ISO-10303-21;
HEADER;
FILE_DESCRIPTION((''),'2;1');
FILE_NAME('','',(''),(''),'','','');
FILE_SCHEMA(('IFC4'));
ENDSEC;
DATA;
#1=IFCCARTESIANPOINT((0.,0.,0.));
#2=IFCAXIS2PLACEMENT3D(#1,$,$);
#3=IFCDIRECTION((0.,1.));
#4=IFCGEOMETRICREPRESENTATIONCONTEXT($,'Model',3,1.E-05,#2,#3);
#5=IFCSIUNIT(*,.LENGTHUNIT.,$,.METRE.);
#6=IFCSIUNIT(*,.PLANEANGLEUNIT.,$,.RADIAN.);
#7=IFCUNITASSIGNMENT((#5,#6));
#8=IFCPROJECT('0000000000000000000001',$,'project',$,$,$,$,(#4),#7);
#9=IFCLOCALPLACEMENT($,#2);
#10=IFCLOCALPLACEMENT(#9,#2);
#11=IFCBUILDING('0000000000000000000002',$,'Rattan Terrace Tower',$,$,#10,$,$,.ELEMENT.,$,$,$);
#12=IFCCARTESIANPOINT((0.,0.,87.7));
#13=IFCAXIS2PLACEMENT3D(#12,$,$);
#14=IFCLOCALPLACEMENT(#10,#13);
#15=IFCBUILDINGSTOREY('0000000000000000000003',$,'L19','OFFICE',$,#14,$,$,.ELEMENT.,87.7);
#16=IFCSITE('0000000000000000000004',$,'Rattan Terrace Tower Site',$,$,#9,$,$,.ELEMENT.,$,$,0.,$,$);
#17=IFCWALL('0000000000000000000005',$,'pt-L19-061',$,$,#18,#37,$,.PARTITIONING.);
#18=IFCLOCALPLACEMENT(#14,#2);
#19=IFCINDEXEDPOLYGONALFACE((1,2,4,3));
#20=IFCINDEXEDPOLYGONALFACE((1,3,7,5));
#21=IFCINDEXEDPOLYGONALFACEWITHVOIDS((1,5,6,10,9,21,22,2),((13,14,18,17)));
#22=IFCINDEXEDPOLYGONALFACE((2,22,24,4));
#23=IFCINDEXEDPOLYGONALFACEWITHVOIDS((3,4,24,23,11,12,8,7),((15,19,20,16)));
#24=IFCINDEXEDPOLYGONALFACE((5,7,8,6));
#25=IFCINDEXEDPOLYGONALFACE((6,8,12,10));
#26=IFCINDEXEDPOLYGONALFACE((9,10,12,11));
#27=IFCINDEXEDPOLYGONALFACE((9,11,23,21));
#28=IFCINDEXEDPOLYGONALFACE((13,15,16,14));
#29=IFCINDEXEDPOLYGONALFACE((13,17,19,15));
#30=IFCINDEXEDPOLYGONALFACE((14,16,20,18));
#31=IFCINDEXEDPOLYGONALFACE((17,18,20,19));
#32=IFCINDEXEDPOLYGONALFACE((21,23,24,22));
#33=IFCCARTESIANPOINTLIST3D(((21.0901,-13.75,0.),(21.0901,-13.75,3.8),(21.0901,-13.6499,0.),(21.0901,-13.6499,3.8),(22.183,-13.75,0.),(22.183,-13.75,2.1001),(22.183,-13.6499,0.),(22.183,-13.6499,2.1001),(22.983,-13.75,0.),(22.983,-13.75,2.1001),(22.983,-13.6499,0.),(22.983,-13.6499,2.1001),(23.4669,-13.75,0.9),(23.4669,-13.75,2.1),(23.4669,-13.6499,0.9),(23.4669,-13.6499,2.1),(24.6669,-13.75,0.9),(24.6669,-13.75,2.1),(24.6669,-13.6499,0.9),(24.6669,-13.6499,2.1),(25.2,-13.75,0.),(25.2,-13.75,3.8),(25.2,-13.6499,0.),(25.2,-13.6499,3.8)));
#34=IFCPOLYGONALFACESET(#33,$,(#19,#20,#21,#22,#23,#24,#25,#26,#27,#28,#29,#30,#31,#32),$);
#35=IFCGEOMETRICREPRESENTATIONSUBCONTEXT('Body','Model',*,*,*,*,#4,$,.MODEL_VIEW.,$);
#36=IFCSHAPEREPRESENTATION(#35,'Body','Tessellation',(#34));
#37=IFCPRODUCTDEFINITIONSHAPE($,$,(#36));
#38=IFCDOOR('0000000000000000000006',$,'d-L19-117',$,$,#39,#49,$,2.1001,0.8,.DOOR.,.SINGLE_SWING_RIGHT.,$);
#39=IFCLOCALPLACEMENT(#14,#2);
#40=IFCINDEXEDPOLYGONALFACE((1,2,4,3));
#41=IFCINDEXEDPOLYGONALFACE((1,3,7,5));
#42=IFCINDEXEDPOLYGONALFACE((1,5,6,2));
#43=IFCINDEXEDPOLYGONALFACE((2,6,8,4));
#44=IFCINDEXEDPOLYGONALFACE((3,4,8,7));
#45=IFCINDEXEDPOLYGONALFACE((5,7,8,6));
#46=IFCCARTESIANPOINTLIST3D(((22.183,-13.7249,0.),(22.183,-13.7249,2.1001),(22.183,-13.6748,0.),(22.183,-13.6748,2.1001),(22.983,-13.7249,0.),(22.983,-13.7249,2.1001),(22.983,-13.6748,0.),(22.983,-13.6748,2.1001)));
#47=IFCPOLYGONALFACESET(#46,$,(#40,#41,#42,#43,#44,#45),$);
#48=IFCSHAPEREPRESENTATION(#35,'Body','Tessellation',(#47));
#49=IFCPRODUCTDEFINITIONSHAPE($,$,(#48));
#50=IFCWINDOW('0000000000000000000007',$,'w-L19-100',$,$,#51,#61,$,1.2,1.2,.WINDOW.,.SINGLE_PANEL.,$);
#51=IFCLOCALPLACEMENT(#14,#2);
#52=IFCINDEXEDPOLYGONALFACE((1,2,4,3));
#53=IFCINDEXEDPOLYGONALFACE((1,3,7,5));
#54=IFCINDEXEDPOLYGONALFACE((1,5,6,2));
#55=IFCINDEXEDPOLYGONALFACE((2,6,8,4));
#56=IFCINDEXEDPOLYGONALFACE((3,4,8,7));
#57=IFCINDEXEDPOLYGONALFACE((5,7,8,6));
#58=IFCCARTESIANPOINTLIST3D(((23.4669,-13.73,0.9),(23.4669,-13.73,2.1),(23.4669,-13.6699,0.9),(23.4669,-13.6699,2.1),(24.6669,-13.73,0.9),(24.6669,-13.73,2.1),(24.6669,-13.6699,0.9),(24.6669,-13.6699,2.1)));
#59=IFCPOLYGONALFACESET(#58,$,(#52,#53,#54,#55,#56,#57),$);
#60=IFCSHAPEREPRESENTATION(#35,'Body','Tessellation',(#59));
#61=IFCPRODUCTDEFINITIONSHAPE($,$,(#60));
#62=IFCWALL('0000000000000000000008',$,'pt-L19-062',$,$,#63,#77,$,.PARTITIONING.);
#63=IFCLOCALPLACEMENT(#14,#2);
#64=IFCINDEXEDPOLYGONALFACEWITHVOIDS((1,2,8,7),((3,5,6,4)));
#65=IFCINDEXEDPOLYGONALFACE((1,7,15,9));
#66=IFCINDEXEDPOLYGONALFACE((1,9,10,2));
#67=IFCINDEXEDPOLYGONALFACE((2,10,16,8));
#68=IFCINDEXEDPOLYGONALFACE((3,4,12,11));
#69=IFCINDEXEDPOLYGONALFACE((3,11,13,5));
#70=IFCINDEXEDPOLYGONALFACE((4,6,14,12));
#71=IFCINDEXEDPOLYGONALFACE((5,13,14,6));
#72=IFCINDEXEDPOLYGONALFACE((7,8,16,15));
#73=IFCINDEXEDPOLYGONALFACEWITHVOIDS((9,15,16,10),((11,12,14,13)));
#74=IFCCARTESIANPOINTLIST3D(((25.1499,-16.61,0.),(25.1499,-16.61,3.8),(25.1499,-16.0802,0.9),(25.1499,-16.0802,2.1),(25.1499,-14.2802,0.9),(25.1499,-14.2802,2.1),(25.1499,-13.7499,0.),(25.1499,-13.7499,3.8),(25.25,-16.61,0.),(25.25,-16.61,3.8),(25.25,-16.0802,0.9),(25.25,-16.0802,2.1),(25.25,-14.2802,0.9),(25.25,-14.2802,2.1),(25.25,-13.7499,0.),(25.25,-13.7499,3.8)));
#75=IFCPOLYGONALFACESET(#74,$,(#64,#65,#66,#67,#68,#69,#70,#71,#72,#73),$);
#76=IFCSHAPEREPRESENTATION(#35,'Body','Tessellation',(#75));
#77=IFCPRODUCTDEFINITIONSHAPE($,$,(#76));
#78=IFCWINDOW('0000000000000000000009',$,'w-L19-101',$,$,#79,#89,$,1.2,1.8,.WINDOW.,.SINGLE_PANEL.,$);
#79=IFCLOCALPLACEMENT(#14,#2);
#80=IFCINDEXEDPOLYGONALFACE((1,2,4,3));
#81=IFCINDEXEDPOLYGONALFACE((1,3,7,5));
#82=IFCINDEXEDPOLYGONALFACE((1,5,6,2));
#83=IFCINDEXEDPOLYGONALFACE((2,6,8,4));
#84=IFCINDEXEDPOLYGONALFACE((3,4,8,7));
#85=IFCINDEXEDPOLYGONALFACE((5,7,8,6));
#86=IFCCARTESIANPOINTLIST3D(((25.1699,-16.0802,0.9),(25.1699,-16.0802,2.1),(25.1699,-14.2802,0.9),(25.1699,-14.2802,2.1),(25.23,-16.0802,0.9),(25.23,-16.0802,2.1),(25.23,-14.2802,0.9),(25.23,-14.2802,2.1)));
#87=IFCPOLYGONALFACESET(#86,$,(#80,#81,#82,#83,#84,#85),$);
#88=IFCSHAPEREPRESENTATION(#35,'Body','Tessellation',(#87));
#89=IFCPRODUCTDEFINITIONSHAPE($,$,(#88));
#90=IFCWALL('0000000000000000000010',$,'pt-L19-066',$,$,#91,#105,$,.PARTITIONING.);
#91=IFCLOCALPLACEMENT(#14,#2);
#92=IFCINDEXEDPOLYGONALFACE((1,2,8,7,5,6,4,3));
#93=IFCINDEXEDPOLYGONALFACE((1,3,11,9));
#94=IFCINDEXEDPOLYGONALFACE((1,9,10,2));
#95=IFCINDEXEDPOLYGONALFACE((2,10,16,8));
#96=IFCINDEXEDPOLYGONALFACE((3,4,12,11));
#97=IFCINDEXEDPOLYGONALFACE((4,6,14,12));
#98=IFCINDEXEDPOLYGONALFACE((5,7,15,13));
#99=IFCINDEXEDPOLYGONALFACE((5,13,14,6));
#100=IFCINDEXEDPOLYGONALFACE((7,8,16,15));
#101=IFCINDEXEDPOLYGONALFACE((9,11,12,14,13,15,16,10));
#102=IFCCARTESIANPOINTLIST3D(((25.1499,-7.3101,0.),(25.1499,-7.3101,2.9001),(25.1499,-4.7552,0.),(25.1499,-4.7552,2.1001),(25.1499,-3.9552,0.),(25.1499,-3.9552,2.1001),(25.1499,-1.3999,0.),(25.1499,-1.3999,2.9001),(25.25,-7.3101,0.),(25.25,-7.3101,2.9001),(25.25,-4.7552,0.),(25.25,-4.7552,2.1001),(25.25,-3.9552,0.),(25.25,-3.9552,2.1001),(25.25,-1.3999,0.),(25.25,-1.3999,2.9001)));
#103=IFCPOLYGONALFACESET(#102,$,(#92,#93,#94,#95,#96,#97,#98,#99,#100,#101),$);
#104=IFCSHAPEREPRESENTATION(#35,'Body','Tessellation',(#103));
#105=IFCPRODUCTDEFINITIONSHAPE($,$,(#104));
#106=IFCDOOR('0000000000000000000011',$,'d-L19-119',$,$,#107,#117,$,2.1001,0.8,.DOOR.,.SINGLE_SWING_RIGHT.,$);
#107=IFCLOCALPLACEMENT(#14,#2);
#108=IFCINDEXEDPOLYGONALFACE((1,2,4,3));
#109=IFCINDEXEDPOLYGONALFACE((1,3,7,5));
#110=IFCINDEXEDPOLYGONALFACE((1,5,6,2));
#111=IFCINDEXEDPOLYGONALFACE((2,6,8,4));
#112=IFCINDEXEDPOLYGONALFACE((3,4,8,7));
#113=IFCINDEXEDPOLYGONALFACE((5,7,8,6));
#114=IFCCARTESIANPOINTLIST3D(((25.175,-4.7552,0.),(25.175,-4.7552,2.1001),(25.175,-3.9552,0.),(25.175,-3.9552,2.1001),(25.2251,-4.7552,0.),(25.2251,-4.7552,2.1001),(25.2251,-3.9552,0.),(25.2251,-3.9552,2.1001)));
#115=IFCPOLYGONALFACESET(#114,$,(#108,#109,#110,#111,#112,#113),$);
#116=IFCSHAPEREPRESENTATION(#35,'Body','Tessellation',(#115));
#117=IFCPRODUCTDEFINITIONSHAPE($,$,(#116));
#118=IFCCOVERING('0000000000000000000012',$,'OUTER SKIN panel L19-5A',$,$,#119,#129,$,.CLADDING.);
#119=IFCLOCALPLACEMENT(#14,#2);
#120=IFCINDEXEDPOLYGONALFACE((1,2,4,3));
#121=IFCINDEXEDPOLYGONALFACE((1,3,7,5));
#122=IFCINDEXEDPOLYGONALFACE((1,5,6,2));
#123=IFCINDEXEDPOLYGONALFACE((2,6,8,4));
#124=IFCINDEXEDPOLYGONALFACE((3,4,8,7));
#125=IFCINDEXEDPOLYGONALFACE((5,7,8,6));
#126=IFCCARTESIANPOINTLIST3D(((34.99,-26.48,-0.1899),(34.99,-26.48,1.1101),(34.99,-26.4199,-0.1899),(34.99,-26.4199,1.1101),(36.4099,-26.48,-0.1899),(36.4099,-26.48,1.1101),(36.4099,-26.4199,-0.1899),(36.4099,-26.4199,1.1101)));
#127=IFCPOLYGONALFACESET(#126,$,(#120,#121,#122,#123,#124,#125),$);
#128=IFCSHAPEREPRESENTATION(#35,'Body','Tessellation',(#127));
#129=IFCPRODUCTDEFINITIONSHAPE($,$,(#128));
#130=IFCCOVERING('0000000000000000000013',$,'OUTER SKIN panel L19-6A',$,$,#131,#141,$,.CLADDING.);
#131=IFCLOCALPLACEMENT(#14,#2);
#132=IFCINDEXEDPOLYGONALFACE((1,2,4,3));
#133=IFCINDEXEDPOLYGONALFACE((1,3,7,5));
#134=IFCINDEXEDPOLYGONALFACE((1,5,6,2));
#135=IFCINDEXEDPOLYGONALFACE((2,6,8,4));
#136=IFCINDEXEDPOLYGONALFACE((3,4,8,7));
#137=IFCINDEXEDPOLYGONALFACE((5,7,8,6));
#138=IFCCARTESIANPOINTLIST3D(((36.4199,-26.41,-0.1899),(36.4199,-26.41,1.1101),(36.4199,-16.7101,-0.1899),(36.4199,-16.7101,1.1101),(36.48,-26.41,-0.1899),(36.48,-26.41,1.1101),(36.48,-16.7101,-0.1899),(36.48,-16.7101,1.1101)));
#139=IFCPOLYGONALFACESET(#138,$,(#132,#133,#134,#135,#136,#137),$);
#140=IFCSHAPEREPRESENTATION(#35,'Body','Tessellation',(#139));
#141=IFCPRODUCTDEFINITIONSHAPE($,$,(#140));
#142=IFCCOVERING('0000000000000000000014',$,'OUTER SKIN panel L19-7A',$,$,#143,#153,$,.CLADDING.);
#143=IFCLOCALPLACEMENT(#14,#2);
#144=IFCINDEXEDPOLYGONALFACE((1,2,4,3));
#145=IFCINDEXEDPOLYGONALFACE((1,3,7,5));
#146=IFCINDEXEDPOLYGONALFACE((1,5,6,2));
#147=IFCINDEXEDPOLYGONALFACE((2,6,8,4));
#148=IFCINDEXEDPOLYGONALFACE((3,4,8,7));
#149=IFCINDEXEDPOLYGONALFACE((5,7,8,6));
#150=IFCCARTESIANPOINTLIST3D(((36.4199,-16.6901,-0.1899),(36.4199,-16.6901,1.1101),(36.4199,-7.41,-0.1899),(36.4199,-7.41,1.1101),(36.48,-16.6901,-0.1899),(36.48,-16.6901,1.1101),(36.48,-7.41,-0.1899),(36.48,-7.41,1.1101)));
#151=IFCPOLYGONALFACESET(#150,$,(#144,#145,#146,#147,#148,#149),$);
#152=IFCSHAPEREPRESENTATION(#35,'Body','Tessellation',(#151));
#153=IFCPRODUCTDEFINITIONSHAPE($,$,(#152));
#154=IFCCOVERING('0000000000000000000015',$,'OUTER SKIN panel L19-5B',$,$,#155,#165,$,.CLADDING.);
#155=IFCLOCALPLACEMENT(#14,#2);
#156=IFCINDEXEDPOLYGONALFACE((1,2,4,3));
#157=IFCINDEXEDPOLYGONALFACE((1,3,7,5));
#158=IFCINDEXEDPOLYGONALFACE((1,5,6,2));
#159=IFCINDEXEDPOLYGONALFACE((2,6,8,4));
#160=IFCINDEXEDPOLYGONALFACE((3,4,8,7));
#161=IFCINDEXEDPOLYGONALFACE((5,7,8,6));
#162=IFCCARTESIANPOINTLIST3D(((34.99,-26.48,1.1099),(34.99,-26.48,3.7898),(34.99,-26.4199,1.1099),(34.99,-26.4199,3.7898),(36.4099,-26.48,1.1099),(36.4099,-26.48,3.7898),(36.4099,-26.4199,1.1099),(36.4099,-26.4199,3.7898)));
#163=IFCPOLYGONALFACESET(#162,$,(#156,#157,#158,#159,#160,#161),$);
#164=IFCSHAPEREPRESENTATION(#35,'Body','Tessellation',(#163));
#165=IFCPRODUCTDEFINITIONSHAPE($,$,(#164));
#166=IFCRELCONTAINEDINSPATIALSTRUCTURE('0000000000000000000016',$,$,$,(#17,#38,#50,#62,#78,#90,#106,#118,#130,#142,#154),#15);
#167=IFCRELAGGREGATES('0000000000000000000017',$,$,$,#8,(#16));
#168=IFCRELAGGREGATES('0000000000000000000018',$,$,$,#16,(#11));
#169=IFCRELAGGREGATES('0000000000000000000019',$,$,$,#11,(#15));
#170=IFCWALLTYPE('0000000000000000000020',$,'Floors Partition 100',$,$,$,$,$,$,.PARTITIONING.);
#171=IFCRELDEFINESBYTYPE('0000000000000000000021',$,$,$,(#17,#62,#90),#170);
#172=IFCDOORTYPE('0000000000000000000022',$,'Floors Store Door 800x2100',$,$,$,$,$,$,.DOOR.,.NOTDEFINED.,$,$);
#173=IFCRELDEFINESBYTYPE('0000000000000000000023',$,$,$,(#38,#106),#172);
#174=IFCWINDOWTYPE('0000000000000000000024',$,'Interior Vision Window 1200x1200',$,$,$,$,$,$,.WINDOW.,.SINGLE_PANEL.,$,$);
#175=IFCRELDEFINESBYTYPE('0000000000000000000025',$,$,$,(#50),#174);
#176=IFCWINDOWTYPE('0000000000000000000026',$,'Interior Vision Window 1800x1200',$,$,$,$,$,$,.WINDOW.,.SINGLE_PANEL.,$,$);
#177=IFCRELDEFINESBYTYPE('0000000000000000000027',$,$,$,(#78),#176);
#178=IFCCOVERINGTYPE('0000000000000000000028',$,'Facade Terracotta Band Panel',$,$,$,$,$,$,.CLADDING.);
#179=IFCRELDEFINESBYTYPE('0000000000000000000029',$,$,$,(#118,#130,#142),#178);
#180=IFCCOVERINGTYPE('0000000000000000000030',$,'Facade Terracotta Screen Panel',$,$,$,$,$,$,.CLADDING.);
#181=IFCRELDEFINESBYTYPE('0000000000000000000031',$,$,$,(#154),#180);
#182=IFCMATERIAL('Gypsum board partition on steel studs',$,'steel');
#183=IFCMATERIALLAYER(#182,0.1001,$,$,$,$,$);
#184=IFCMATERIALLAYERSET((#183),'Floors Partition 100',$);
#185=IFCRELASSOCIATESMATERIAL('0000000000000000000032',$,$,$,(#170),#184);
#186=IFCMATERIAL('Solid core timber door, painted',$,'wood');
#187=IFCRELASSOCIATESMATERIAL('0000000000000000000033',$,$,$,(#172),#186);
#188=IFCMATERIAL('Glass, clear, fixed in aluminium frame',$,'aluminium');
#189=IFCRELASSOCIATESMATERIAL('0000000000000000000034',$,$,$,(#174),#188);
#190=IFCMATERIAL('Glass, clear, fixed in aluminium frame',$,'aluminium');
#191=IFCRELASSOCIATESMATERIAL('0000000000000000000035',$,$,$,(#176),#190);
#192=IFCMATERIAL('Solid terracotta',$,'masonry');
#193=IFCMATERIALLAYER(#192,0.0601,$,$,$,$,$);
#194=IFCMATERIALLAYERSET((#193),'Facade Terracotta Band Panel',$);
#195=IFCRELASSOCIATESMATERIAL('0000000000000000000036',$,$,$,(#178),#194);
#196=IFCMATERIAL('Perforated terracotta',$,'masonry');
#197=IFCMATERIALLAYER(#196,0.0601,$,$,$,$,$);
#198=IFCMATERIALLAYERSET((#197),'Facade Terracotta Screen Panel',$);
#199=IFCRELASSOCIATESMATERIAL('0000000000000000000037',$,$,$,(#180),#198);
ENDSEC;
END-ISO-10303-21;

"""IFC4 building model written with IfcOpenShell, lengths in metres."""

from ifc_helpers import new_model, si_unit, direction, frame, frame_2d, origin, origin_2d, place, context, subcontext, project, spatial, rectangle, extrude, material, layer, layer_set, type_object, element, fill, save


model = new_model("IFC4")

# Units and contexts
model_context = context("Model", 3, precision=1e-05, world=origin(), true_north=direction((0.0, 1.0)))
body_context = subcontext(model_context, "Body", "Model", "MODEL_VIEW")
ifc_project = project(units=[si_unit("LENGTHUNIT", "METRE"), si_unit("PLANEANGLEUNIT", "RADIAN")], contexts=[model_context])

# Site, building, storey
site_placement = place(None, origin())
site = spatial("IfcSite", under=ifc_project, at=site_placement, Name="Rattan Terrace Tower Site", CompositionType="ELEMENT", RefElevation=0.0)
building_placement = place(site_placement, origin())
building = spatial("IfcBuilding", under=site, at=building_placement, Name="Rattan Terrace Tower", CompositionType="ELEMENT")
storey_placement = place(building_placement, frame((0.0, 0.0, 87.7)))
storey = spatial("IfcBuildingStorey", under=building, at=storey_placement, Name="L19", Description="OFFICE", CompositionType="ELEMENT", Elevation=87.7)

# Wall, openings, door, window
ifc_material_1 = material(Name="Gypsum board partition on steel studs", Category="steel")
ifc_layer_1 = layer(ifc_material_1, 0.1001)
ifc_layer_set_1 = layer_set([ifc_layer_1], Name="Floors Partition 100")
wall_type_1 = type_object("IfcWallType", Name="Floors Partition 100", PredefinedType="PARTITIONING", material=ifc_layer_set_1)
wall_1_placement = place(storey_placement, frame((25.2, -13.7, 0.0), z_axis=(0.0, 0.0, 1.0), x_axis=(-1.0, 0.0, 0.0)))
wall_1 = element("IfcWall", 1, at=wall_1_placement, inside=storey, type_object=wall_type_1, Name="pt-L19-061", PredefinedType="PARTITIONING", context=body_context, shape_type="SweptSolid", body=[
    extrude(rectangle(XDim=4.1099, YDim=0.1001, at=frame_2d((2.0549, 0.0))), origin(), (0.0, 0.0, 1.0), 3.8),
])
opening_1_placement = place(wall_1_placement, frame((2.217, 0.0, 0.0)))
opening_1 = element("IfcOpeningElement", 2, at=opening_1_placement, cuts=wall_1, PredefinedType="OPENING", context=body_context, shape_type="SweptSolid", body=[
    extrude(rectangle(XDim=0.8, YDim=2.1001, at=frame_2d((0.3999, 1.05))), frame((0.0, 0.0605, 0.0), z_axis=(0.0, -1.0, 0.0), x_axis=(1.0, 0.0, 0.0)), (0.0, 0.0, 1.0), 0.1211),
])
opening_2_placement = place(wall_1_placement, frame((0.533, 0.0, 0.8999)))
opening_2 = element("IfcOpeningElement", 3, at=opening_2_placement, cuts=wall_1, PredefinedType="OPENING", context=body_context, shape_type="SweptSolid", body=[
    extrude(rectangle(XDim=1.2, YDim=1.2, at=frame_2d((0.6001, 0.6001))), frame((0.0, 0.0605, 0.0), z_axis=(0.0, -1.0, 0.0), x_axis=(1.0, 0.0, 0.0)), (0.0, 0.0, 1.0), 0.1211),
])
ifc_material_2 = material(Name="Solid core timber door, painted", Category="wood")
door_type = type_object("IfcDoorType", Name="Floors Store Door 800x2100", OperationType="NOTDEFINED", PredefinedType="DOOR", material=ifc_material_2)
door_1_placement = place(opening_1_placement, origin())
door_1 = element("IfcDoor", 4, at=door_1_placement, inside=storey, type_object=door_type, Name="d-L19-117", OperationType="SINGLE_SWING_RIGHT", OverallHeight=2.1001, OverallWidth=0.8, PredefinedType="DOOR", context=body_context, shape_type="SweptSolid", body=[
    extrude(rectangle(XDim=0.8, YDim=2.1001, at=frame_2d((0.3999, 1.05))), frame((0.0, 0.0249, 0.0), z_axis=(0.0, -1.0, 0.0), x_axis=(1.0, 0.0, 0.0)), (0.0, 0.0, 1.0), 0.05),
])
fill(opening_1, door_1)
ifc_material_3 = material(Name="Glass, clear, fixed in aluminium frame", Category="aluminium")
window_type_1 = type_object("IfcWindowType", Name="Interior Vision Window 1200x1200", PartitioningType="SINGLE_PANEL", PredefinedType="WINDOW", material=ifc_material_3)
window_1_placement = place(opening_2_placement, origin())
window_1 = element("IfcWindow", 5, at=window_1_placement, inside=storey, type_object=window_type_1, Name="w-L19-100", OverallHeight=1.2, OverallWidth=1.2, PartitioningType="SINGLE_PANEL", PredefinedType="WINDOW", context=body_context, shape_type="SweptSolid", body=[
    extrude(rectangle(XDim=1.2, YDim=1.2, at=frame_2d((0.6001, 0.6001))), frame((0.0, 0.03, 0.0), z_axis=(0.0, -1.0, 0.0), x_axis=(1.0, 0.0, 0.0)), (0.0, 0.0, 1.0), 0.0601),
])
fill(opening_2, window_1)

# Wall, opening, window
wall_2_placement = place(storey_placement, frame((25.2, -16.6101, 0.0), z_axis=(0.0, 0.0, 1.0), x_axis=(0.0, 1.0, 0.0)))
wall_2 = element("IfcWall", 6, at=wall_2_placement, inside=storey, type_object=wall_type_1, Name="pt-L19-062", PredefinedType="PARTITIONING", context=body_context, shape_type="SweptSolid", body=[
    extrude(rectangle(XDim=2.8601, YDim=0.1001, at=frame_2d((1.4302, 0.0))), origin(), (0.0, 0.0, 1.0), 3.8),
])
opening_3_placement = place(wall_2_placement, frame((0.53, 0.0, 0.8999)))
opening_3 = element("IfcOpeningElement", 7, at=opening_3_placement, cuts=wall_2, PredefinedType="OPENING", context=body_context, shape_type="SweptSolid", body=[
    extrude(rectangle(XDim=1.8, YDim=1.2, at=frame_2d((0.8999, 0.6001))), frame((0.0, 0.0605, 0.0), z_axis=(0.0, -1.0, 0.0), x_axis=(1.0, 0.0, 0.0)), (0.0, 0.0, 1.0), 0.1211),
])
ifc_material_4 = material(Name="Glass, clear, fixed in aluminium frame", Category="aluminium")
window_type_2 = type_object("IfcWindowType", Name="Interior Vision Window 1800x1200", PartitioningType="SINGLE_PANEL", PredefinedType="WINDOW", material=ifc_material_4)
window_2_placement = place(opening_3_placement, origin())
window_2 = element("IfcWindow", 8, at=window_2_placement, inside=storey, type_object=window_type_2, Name="w-L19-101", OverallHeight=1.2, OverallWidth=1.8, PartitioningType="SINGLE_PANEL", PredefinedType="WINDOW", context=body_context, shape_type="SweptSolid", body=[
    extrude(rectangle(XDim=1.8, YDim=1.2, at=frame_2d((0.8999, 0.6001))), frame((0.0, 0.03, 0.0), z_axis=(0.0, -1.0, 0.0), x_axis=(1.0, 0.0, 0.0)), (0.0, 0.0, 1.0), 0.0601),
])
fill(opening_3, window_2)

# Wall, opening, door
wall_3_placement = place(storey_placement, frame((25.2, -7.3101, 0.0), z_axis=(0.0, 0.0, 1.0), x_axis=(0.0, 1.0, 0.0)))
wall_3 = element("IfcWall", 9, at=wall_3_placement, inside=storey, type_object=wall_type_1, Name="pt-L19-066", PredefinedType="PARTITIONING", context=body_context, shape_type="SweptSolid", body=[
    extrude(rectangle(XDim=5.9102, YDim=0.1001, at=frame_2d((2.9551, 0.0))), origin(), (0.0, 0.0, 1.0), 2.9001),
])
opening_4_placement = place(wall_3_placement, frame((2.5549, 0.0, 0.0)))
opening_4 = element("IfcOpeningElement", 10, at=opening_4_placement, cuts=wall_3, PredefinedType="OPENING", context=body_context, shape_type="SweptSolid", body=[
    extrude(rectangle(XDim=0.8, YDim=2.1001, at=frame_2d((0.3999, 1.05))), frame((0.0, 0.0605, 0.0), z_axis=(0.0, -1.0, 0.0), x_axis=(1.0, 0.0, 0.0)), (0.0, 0.0, 1.0), 0.1211),
])
door_2_placement = place(opening_4_placement, origin())
door_2 = element("IfcDoor", 11, at=door_2_placement, inside=storey, type_object=door_type, Name="d-L19-119", OperationType="SINGLE_SWING_RIGHT", OverallHeight=2.1001, OverallWidth=0.8, PredefinedType="DOOR", context=body_context, shape_type="SweptSolid", body=[
    extrude(rectangle(XDim=0.8, YDim=2.1001, at=frame_2d((0.3999, 1.05))), frame((0.0, 0.0249, 0.0), z_axis=(0.0, -1.0, 0.0), x_axis=(1.0, 0.0, 0.0)), (0.0, 0.0, 1.0), 0.05),
])
fill(opening_4, door_2)

# Coverings
ifc_material_5 = material(Name="Solid terracotta", Category="masonry")
ifc_layer_2 = layer(ifc_material_5, 0.0601)
ifc_layer_set_2 = layer_set([ifc_layer_2], Name="Facade Terracotta Band Panel")
covering_type_1 = type_object("IfcCoveringType", Name="Facade Terracotta Band Panel", PredefinedType="CLADDING", material=ifc_layer_set_2)
covering_1_placement = place(storey_placement, frame((35.7, -26.45, -0.1899), z_axis=(0.0, 0.0, 1.0), x_axis=(1.0, 0.0, 0.0)))
element("IfcCovering", 12, at=covering_1_placement, inside=storey, type_object=covering_type_1, Name="OUTER SKIN panel L19-5A", PredefinedType="CLADDING", context=body_context, shape_type="SweptSolid", body=[
    extrude(rectangle(XDim=1.4199, YDim=0.0601, at=origin_2d()), origin(), (0.0, 0.0, 1.0), 1.3),
])
covering_2_placement = place(storey_placement, frame((36.45, -21.5601, -0.1899), z_axis=(0.0, 0.0, 1.0), x_axis=(0.0, 1.0, 0.0)))
element("IfcCovering", 13, at=covering_2_placement, inside=storey, type_object=covering_type_1, Name="OUTER SKIN panel L19-6A", PredefinedType="CLADDING", context=body_context, shape_type="SweptSolid", body=[
    extrude(rectangle(XDim=9.7, YDim=0.0601, at=origin_2d()), origin(), (0.0, 0.0, 1.0), 1.3),
])
covering_3_placement = place(storey_placement, frame((36.45, -12.05, -0.1899), z_axis=(0.0, 0.0, 1.0), x_axis=(0.0, 1.0, 0.0)))
element("IfcCovering", 14, at=covering_3_placement, inside=storey, type_object=covering_type_1, Name="OUTER SKIN panel L19-7A", PredefinedType="CLADDING", context=body_context, shape_type="SweptSolid", body=[
    extrude(rectangle(XDim=9.28, YDim=0.0601, at=origin_2d()), origin(), (0.0, 0.0, 1.0), 1.3),
])
ifc_material_6 = material(Name="Perforated terracotta", Category="masonry")
ifc_layer_3 = layer(ifc_material_6, 0.0601)
ifc_layer_set_3 = layer_set([ifc_layer_3], Name="Facade Terracotta Screen Panel")
covering_type_2 = type_object("IfcCoveringType", Name="Facade Terracotta Screen Panel", PredefinedType="CLADDING", material=ifc_layer_set_3)
covering_4_placement = place(storey_placement, frame((35.7, -26.45, 1.1099), z_axis=(0.0, 0.0, 1.0), x_axis=(1.0, 0.0, 0.0)))
element("IfcCovering", 15, at=covering_4_placement, inside=storey, type_object=covering_type_2, Name="OUTER SKIN panel L19-5B", PredefinedType="CLADDING", context=body_context, shape_type="SweptSolid", body=[
    extrude(rectangle(XDim=1.4199, YDim=0.0601, at=origin_2d()), origin(), (0.0, 0.0, 1.0), 2.6799),
])

save(model, "model.ifc")
